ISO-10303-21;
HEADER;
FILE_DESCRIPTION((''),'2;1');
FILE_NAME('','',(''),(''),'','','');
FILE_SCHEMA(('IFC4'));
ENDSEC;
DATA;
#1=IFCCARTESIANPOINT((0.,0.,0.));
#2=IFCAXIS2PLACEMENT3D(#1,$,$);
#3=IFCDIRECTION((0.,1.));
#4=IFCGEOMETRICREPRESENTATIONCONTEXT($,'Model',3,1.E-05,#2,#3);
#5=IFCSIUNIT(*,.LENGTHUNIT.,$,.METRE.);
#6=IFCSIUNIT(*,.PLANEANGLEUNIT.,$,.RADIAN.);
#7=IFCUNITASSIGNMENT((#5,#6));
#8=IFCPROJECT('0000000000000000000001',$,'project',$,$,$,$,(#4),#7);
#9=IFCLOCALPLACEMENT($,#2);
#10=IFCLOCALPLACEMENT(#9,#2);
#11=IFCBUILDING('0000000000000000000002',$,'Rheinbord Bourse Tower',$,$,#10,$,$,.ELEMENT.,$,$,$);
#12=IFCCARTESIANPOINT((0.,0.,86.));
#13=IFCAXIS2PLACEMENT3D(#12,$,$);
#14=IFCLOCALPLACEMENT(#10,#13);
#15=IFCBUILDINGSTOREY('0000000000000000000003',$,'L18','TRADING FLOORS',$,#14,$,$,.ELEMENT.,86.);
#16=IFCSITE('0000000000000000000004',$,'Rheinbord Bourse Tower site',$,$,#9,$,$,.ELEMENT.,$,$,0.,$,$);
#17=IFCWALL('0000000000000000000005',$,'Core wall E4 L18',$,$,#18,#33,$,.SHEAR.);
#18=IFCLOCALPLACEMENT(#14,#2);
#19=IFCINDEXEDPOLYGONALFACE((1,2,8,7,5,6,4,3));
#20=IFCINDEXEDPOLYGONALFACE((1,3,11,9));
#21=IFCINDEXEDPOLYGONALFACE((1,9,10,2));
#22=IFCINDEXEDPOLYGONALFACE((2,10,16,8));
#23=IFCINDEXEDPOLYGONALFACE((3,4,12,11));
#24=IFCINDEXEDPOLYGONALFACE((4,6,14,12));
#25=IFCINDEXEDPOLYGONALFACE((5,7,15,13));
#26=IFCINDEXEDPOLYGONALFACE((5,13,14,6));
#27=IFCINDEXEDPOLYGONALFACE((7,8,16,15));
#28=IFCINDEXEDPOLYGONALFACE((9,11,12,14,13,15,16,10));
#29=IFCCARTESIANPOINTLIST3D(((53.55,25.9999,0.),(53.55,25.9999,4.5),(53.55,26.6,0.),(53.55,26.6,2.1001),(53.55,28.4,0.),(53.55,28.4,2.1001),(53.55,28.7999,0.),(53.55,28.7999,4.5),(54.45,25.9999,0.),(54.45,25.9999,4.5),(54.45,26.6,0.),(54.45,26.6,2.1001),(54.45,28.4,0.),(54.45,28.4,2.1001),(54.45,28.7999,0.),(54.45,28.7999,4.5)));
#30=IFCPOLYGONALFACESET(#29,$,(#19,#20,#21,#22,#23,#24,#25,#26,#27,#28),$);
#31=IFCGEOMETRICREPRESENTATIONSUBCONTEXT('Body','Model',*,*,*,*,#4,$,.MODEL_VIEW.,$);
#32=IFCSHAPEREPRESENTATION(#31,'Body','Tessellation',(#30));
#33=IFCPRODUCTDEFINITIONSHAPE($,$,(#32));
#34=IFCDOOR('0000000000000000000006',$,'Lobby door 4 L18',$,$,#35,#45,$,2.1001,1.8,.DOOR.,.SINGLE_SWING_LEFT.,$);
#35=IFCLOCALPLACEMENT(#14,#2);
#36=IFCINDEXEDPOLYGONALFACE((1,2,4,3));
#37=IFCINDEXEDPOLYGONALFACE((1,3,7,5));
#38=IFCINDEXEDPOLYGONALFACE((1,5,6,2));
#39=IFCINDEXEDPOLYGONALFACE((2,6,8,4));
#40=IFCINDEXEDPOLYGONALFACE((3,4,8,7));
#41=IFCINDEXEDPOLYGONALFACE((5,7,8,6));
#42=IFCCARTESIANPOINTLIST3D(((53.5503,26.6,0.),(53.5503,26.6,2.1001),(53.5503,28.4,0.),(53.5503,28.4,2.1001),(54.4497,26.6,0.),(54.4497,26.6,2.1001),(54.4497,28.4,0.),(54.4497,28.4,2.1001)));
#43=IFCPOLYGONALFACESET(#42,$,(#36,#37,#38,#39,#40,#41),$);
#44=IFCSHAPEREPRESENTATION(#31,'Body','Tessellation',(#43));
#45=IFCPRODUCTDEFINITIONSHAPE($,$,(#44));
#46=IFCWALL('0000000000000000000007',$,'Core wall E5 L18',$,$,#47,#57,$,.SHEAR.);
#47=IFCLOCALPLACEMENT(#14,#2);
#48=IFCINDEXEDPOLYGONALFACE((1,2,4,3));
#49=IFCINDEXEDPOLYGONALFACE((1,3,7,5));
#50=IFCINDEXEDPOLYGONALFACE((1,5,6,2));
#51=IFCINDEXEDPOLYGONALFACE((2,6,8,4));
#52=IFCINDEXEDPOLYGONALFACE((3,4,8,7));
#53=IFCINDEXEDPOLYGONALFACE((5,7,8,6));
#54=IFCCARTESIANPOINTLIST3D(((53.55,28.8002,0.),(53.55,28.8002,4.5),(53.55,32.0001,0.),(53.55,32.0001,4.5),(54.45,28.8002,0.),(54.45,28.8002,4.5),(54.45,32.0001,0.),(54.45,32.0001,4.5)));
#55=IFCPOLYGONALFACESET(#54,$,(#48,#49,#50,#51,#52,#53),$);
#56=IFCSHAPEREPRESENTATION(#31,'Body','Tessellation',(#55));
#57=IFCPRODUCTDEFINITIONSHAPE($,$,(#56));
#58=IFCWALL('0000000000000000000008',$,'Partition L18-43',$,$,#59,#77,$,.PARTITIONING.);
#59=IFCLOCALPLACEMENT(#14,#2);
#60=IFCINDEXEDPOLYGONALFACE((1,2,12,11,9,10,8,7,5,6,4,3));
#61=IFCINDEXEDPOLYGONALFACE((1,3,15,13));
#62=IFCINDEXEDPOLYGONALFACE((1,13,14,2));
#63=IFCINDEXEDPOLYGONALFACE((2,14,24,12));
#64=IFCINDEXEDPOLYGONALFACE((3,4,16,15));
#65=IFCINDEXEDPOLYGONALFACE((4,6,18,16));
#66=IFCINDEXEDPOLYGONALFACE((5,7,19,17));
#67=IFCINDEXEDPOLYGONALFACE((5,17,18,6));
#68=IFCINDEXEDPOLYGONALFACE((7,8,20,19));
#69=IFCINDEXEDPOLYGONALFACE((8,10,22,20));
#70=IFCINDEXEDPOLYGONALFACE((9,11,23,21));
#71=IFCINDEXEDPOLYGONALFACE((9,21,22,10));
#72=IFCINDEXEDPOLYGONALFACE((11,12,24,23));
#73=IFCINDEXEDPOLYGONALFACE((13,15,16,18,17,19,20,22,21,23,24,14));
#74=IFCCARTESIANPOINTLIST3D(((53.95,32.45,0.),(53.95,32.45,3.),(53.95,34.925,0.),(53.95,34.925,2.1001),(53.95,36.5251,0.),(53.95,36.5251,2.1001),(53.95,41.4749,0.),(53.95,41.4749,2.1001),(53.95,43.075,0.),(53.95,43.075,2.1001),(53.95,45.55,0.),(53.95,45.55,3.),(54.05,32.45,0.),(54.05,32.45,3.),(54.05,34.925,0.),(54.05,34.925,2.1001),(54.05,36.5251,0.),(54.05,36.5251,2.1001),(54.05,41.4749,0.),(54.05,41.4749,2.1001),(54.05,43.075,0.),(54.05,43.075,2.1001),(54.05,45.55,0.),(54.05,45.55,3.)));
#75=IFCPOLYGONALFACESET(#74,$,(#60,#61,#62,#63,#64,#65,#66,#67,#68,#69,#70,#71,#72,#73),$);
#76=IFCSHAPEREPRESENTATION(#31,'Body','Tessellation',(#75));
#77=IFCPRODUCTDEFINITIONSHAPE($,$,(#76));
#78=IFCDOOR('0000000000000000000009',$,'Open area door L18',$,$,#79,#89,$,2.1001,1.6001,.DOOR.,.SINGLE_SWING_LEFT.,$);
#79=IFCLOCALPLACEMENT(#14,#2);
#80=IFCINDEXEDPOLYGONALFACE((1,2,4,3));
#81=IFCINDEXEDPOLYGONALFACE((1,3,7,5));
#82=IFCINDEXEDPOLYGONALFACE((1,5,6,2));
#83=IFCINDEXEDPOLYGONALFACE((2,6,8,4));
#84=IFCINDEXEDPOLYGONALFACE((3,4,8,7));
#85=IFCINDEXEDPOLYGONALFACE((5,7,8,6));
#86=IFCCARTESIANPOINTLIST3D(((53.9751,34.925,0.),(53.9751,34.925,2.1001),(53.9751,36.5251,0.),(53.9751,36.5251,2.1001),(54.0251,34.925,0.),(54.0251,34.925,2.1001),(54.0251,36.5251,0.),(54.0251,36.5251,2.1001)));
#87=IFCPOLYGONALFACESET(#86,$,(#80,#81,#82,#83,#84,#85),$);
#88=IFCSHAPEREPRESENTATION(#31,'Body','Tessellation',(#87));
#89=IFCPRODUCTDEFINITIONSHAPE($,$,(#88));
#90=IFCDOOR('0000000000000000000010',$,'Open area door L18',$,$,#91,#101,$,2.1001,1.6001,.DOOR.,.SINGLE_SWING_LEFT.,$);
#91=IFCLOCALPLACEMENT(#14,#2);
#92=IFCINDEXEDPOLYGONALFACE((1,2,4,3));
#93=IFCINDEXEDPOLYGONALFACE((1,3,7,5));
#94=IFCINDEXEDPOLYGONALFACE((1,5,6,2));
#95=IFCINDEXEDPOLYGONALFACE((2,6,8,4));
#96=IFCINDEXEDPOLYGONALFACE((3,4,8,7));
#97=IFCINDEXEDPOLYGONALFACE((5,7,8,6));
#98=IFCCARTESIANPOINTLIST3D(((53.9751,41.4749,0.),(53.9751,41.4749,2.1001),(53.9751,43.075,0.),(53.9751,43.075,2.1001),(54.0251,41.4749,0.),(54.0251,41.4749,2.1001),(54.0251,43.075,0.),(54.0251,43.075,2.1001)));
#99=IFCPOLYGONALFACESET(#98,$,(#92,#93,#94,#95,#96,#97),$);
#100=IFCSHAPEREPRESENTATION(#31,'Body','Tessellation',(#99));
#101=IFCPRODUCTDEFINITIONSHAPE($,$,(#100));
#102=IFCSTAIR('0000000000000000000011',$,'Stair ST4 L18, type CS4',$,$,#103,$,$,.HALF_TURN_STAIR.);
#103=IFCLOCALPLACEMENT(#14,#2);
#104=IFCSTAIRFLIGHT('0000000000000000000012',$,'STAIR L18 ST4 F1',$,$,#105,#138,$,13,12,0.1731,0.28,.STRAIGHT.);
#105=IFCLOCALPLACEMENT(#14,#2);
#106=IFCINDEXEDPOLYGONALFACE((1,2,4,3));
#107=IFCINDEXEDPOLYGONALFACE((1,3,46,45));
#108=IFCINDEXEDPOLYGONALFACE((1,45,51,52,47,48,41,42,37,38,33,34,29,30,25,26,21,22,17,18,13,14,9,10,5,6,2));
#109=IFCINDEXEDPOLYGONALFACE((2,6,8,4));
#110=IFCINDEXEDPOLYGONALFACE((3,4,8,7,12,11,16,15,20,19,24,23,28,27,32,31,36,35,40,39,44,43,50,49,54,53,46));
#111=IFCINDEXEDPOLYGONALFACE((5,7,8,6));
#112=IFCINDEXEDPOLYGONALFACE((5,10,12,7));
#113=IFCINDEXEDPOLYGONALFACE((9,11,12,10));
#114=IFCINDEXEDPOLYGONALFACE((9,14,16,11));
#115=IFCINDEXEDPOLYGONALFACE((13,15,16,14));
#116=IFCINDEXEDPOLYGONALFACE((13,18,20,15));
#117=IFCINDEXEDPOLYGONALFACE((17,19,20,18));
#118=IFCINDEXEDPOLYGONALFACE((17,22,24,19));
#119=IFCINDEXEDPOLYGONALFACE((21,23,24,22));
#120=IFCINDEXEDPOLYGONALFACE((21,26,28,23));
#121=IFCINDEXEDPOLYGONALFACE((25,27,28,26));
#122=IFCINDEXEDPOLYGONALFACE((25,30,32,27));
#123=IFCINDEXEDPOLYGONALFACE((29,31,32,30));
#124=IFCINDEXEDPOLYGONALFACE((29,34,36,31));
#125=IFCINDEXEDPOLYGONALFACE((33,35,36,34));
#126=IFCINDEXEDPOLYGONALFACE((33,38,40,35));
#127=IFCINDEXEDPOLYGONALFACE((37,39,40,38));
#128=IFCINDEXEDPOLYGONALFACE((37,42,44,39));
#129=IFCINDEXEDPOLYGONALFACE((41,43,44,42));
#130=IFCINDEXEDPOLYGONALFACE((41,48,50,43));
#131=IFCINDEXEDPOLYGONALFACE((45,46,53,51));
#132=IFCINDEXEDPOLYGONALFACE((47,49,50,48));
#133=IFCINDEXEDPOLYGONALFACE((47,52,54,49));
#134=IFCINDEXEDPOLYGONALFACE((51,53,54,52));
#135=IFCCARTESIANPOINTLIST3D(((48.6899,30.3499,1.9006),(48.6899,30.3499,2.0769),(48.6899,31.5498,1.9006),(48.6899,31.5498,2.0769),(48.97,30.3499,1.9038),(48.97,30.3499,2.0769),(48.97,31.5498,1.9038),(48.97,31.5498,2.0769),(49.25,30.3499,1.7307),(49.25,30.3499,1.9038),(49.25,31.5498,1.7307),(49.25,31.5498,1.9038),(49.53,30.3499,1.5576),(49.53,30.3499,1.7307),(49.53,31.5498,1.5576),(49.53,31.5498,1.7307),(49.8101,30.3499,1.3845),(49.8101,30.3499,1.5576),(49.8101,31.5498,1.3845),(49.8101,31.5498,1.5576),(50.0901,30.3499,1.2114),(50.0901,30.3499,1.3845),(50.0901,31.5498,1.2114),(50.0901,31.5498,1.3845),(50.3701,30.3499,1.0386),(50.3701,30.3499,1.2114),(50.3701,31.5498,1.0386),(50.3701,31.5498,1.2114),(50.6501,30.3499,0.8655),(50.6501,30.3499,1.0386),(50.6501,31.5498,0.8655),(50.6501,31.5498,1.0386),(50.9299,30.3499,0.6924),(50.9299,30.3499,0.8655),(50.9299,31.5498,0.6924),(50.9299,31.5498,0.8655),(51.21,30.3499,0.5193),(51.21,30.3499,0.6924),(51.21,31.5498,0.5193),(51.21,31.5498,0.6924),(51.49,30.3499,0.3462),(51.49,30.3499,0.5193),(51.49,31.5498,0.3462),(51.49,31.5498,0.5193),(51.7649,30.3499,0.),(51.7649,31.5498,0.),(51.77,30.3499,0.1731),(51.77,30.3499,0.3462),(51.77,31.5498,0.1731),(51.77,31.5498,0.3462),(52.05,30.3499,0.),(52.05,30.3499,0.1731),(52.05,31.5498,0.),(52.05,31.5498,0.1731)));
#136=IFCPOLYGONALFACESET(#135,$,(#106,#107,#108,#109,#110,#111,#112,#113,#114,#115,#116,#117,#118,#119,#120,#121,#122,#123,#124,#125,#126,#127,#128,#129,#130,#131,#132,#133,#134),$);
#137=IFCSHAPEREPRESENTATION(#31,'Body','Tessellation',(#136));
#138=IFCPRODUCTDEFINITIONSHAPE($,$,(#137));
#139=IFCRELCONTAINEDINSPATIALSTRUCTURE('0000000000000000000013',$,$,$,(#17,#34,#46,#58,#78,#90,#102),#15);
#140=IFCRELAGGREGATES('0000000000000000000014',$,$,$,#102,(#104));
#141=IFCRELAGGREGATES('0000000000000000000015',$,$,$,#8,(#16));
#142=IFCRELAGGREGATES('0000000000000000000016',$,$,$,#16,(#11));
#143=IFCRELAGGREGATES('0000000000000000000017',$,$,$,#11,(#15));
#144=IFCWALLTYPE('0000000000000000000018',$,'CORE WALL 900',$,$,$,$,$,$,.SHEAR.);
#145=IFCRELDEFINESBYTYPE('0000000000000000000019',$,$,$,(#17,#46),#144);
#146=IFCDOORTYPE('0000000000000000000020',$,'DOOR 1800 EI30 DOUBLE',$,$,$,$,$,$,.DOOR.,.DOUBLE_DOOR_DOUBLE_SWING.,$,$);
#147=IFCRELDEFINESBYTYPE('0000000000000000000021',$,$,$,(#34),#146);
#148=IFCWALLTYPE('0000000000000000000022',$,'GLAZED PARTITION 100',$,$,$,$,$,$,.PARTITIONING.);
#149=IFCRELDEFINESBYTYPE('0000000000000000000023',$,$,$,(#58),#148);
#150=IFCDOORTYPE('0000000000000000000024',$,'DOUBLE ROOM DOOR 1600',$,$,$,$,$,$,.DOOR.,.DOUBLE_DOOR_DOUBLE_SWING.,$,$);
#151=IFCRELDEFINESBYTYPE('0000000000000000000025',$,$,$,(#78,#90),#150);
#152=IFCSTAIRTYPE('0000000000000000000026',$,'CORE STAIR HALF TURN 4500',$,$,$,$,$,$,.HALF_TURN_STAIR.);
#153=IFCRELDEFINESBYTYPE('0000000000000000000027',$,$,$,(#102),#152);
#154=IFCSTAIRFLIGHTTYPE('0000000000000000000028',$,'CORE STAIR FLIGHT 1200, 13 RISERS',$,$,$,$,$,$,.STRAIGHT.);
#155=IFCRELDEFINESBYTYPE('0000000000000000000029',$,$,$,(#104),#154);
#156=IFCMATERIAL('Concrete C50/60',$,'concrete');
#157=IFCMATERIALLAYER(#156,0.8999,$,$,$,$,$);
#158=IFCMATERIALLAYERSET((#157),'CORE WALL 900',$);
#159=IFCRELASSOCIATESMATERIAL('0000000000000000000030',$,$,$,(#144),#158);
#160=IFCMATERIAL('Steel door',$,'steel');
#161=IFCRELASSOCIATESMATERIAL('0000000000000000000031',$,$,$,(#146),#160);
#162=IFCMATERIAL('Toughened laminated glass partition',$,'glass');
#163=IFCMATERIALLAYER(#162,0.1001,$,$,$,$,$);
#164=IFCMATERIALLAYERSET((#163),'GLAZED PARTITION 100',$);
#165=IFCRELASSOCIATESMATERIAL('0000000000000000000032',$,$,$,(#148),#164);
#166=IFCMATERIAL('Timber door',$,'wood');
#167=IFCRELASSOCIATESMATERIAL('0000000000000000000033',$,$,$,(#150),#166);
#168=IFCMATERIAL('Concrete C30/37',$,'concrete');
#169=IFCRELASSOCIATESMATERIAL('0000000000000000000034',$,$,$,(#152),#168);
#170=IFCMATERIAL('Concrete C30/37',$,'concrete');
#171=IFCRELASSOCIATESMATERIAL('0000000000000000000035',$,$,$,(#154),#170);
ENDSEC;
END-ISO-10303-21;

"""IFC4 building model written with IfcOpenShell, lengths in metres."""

from ifc_helpers import new_model, si_unit, direction, frame, frame_2d, origin, place, context, subcontext, project, spatial, polyline, rectangle, outline, extrude, material, layer, layer_set, type_object, element, fill, aggregate, save


model = new_model("IFC4")

# Units and contexts
model_context = context("Model", 3, precision=1e-05, world=origin(), true_north=direction((0.0, 1.0)))
body_context = subcontext(model_context, "Body", "Model", "MODEL_VIEW")
ifc_project = project(units=[si_unit("LENGTHUNIT", "METRE"), si_unit("PLANEANGLEUNIT", "RADIAN")], contexts=[model_context])

# Site, building, storey
site_placement = place(None, origin())
site = spatial("IfcSite", under=ifc_project, at=site_placement, Name="Rheinbord Bourse Tower site", CompositionType="ELEMENT", RefElevation=0.0)
building_placement = place(site_placement, origin())
building = spatial("IfcBuilding", under=site, at=building_placement, Name="Rheinbord Bourse Tower", CompositionType="ELEMENT")
storey_placement = place(building_placement, frame((0.0, 0.0, 86.0)))
storey = spatial("IfcBuildingStorey", under=building, at=storey_placement, Name="L18", Description="TRADING FLOORS", CompositionType="ELEMENT", Elevation=86.0)

# Shared definitions
ifc_material_1 = material(Name="Concrete C50/60", Category="concrete")
ifc_layer_1 = layer(ifc_material_1, 0.8999)
ifc_layer_set_1 = layer_set([ifc_layer_1], Name="CORE WALL 900")
wall_type_1 = type_object("IfcWallType", Name="CORE WALL 900", PredefinedType="SHEAR", material=ifc_layer_set_1)

# Wall, opening, door
wall_1_placement = place(storey_placement, frame((54.0, 26.0, 0.0), z_axis=(0.0, 0.0, 1.0), x_axis=(0.0, 1.0, 0.0)))
wall_1 = element("IfcWall", 1, at=wall_1_placement, inside=storey, type_object=wall_type_1, Name="Core wall E4 L18", PredefinedType="SHEAR", context=body_context, shape_type="SweptSolid", body=[
    extrude(rectangle(XDim=2.8, YDim=0.8999, at=frame_2d((1.3999, 0.0))), origin(), (0.0, 0.0, 1.0), 4.5),
])
opening_1_placement = place(wall_1_placement, frame((0.6001, 0.0, 0.0)))
opening_1 = element("IfcOpeningElement", 2, at=opening_1_placement, cuts=wall_1, PredefinedType="OPENING", context=body_context, shape_type="SweptSolid", body=[
    extrude(rectangle(XDim=1.8, YDim=2.1001, at=frame_2d((0.8999, 1.05))), frame((0.0, 0.46, 0.0), z_axis=(0.0, -1.0, 0.0), x_axis=(1.0, 0.0, 0.0)), (0.0, 0.0, 1.0), 0.9199),
])
ifc_material_2 = material(Name="Steel door", Category="steel")
door_type_1 = type_object("IfcDoorType", Name="DOOR 1800 EI30 DOUBLE", OperationType="DOUBLE_DOOR_DOUBLE_SWING", PredefinedType="DOOR", material=ifc_material_2)
door_1_placement = place(opening_1_placement, origin())
door_1 = element("IfcDoor", 3, at=door_1_placement, inside=storey, type_object=door_type_1, Name="Lobby door 4 L18", OperationType="SINGLE_SWING_LEFT", OverallHeight=2.1001, OverallWidth=1.8, PredefinedType="DOOR", context=body_context, shape_type="SweptSolid", body=[
    extrude(rectangle(XDim=1.8, YDim=2.1001, at=frame_2d((0.8999, 1.05))), frame((0.0, 0.4497, 0.0), z_axis=(0.0, -1.0, 0.0), x_axis=(1.0, 0.0, 0.0)), (0.0, 0.0, 1.0), 0.8994),
])
fill(opening_1, door_1)

# Wall
wall_2_placement = place(storey_placement, frame((54.0, 28.8, 0.0), z_axis=(0.0, 0.0, 1.0), x_axis=(0.0, 1.0, 0.0)))
element("IfcWall", 4, at=wall_2_placement, inside=storey, type_object=wall_type_1, Name="Core wall E5 L18", PredefinedType="SHEAR", context=body_context, shape_type="SweptSolid", body=[
    extrude(rectangle(XDim=3.2, YDim=0.8999, at=frame_2d((1.6001, 0.0))), origin(), (0.0, 0.0, 1.0), 4.5),
])

# Wall, openings, doors
ifc_material_3 = material(Name="Toughened laminated glass partition", Category="glass")
ifc_layer_2 = layer(ifc_material_3, 0.1001)
ifc_layer_set_2 = layer_set([ifc_layer_2], Name="GLAZED PARTITION 100")
wall_type_2 = type_object("IfcWallType", Name="GLAZED PARTITION 100", PredefinedType="PARTITIONING", material=ifc_layer_set_2)
wall_3_placement = place(storey_placement, frame((54.0, 32.45, 0.0), z_axis=(0.0, 0.0, 1.0), x_axis=(0.0, 1.0, 0.0)))
wall_3 = element("IfcWall", 5, at=wall_3_placement, inside=storey, type_object=wall_type_2, Name="Partition L18-43", PredefinedType="PARTITIONING", context=body_context, shape_type="SweptSolid", body=[
    extrude(rectangle(XDim=13.1001, YDim=0.1001, at=frame_2d((6.55, 0.0))), origin(), (0.0, 0.0, 1.0), 3.0),
])
opening_2_placement = place(wall_3_placement, frame((2.4751, 0.0, 0.0)))
opening_2 = element("IfcOpeningElement", 6, at=opening_2_placement, cuts=wall_3, PredefinedType="OPENING", context=body_context, shape_type="SweptSolid", body=[
    extrude(rectangle(XDim=1.6001, YDim=2.1001, at=frame_2d((0.8, 1.05))), frame((0.0, 0.0601, 0.0), z_axis=(0.0, -1.0, 0.0), x_axis=(1.0, 0.0, 0.0)), (0.0, 0.0, 1.0), 0.1201),
])
opening_3_placement = place(wall_3_placement, frame((9.0249, 0.0, 0.0)))
opening_3 = element("IfcOpeningElement", 7, at=opening_3_placement, cuts=wall_3, PredefinedType="OPENING", context=body_context, shape_type="SweptSolid", body=[
    extrude(rectangle(XDim=1.6001, YDim=2.1001, at=frame_2d((0.8, 1.05))), frame((0.0, 0.0601, 0.0), z_axis=(0.0, -1.0, 0.0), x_axis=(1.0, 0.0, 0.0)), (0.0, 0.0, 1.0), 0.1201),
])
ifc_material_4 = material(Name="Timber door", Category="wood")
door_type_2 = type_object("IfcDoorType", Name="DOUBLE ROOM DOOR 1600", OperationType="DOUBLE_DOOR_DOUBLE_SWING", PredefinedType="DOOR", material=ifc_material_4)
door_2_placement = place(opening_2_placement, origin())
door_2 = element("IfcDoor", 8, at=door_2_placement, inside=storey, type_object=door_type_2, Name="Open area door L18", OperationType="SINGLE_SWING_LEFT", OverallHeight=2.1001, OverallWidth=1.6001, PredefinedType="DOOR", context=body_context, shape_type="SweptSolid", body=[
    extrude(rectangle(XDim=1.6001, YDim=2.1001, at=frame_2d((0.8, 1.05))), frame((0.0, 0.0249, 0.0), z_axis=(0.0, -1.0, 0.0), x_axis=(1.0, 0.0, 0.0)), (0.0, 0.0, 1.0), 0.05),
])
fill(opening_2, door_2)
door_3_placement = place(opening_3_placement, origin())
door_3 = element("IfcDoor", 9, at=door_3_placement, inside=storey, type_object=door_type_2, Name="Open area door L18", OperationType="SINGLE_SWING_LEFT", OverallHeight=2.1001, OverallWidth=1.6001, PredefinedType="DOOR", context=body_context, shape_type="SweptSolid", body=[
    extrude(rectangle(XDim=1.6001, YDim=2.1001, at=frame_2d((0.8, 1.05))), frame((0.0, 0.0249, 0.0), z_axis=(0.0, -1.0, 0.0), x_axis=(1.0, 0.0, 0.0)), (0.0, 0.0, 1.0), 0.05),
])
fill(opening_3, door_3)

# Stair, stair flight
ifc_material_5 = material(Name="Concrete C30/37", Category="concrete")
stair_type = type_object("IfcStairType", Name="CORE STAIR HALF TURN 4500", PredefinedType="HALF_TURN_STAIR", material=ifc_material_5)
stair_placement = place(storey_placement, origin())
stair = element("IfcStair", 10, at=stair_placement, inside=storey, type_object=stair_type, Name="Stair ST4 L18, type CS4", PredefinedType="HALF_TURN_STAIR")
ifc_material_6 = material(Name="Concrete C30/37", Category="concrete")
stair_flight_type = type_object("IfcStairFlightType", Name="CORE STAIR FLIGHT 1200, 13 RISERS", PredefinedType="STRAIGHT", material=ifc_material_6)
stair_flight_1_placement = place(storey_placement, frame((52.05, 30.95, 0.0), z_axis=(0.0, 0.0, 1.0), x_axis=(-1.0, 0.0, 0.0)))
stair_flight_1 = element("IfcStairFlight", 11, at=stair_flight_1_placement, type_object=stair_flight_type, Name="STAIR L18 ST4 F1", NumberOfRisers=13, NumberOfTreads=12, PredefinedType="STRAIGHT", RiserHeight=0.1731, TreadLength=0.28, context=body_context, shape_type="SweptSolid", body=[
    extrude(outline(polyline([(0.0, 0.0), (0.0, 0.1731), (0.28, 0.1731), (0.28, 0.3462), (0.5601, 0.3462), (0.5601, 0.5193), (0.8401, 0.5193), (0.8401, 0.6924), (1.1201, 0.6924), (1.1201, 0.8655), (1.3999, 0.8655), (1.3999, 1.0386), (1.6799, 1.0386), (1.6799, 1.2114), (1.96, 1.2114), (1.96, 1.3845), (2.24, 1.3845), (2.24, 1.5576), (2.52, 1.5576), (2.52, 1.7307), (2.8, 1.7307), (2.8, 1.9038), (3.0801, 1.9038), (3.0801, 2.0769), (3.3601, 2.0769), (3.3601, 2.25), (3.3601, 1.9006), (0.2852, 0.0), (0.0, 0.0)])), frame((0.0, 0.6001, 0.0), z_axis=(0.0, -1.0, 0.0), x_axis=(1.0, 0.0, 0.0)), (0.0, 0.0, 1.0), 1.2),
])
aggregate(stair, [stair_flight_1])

save(model, "model.ifc")
